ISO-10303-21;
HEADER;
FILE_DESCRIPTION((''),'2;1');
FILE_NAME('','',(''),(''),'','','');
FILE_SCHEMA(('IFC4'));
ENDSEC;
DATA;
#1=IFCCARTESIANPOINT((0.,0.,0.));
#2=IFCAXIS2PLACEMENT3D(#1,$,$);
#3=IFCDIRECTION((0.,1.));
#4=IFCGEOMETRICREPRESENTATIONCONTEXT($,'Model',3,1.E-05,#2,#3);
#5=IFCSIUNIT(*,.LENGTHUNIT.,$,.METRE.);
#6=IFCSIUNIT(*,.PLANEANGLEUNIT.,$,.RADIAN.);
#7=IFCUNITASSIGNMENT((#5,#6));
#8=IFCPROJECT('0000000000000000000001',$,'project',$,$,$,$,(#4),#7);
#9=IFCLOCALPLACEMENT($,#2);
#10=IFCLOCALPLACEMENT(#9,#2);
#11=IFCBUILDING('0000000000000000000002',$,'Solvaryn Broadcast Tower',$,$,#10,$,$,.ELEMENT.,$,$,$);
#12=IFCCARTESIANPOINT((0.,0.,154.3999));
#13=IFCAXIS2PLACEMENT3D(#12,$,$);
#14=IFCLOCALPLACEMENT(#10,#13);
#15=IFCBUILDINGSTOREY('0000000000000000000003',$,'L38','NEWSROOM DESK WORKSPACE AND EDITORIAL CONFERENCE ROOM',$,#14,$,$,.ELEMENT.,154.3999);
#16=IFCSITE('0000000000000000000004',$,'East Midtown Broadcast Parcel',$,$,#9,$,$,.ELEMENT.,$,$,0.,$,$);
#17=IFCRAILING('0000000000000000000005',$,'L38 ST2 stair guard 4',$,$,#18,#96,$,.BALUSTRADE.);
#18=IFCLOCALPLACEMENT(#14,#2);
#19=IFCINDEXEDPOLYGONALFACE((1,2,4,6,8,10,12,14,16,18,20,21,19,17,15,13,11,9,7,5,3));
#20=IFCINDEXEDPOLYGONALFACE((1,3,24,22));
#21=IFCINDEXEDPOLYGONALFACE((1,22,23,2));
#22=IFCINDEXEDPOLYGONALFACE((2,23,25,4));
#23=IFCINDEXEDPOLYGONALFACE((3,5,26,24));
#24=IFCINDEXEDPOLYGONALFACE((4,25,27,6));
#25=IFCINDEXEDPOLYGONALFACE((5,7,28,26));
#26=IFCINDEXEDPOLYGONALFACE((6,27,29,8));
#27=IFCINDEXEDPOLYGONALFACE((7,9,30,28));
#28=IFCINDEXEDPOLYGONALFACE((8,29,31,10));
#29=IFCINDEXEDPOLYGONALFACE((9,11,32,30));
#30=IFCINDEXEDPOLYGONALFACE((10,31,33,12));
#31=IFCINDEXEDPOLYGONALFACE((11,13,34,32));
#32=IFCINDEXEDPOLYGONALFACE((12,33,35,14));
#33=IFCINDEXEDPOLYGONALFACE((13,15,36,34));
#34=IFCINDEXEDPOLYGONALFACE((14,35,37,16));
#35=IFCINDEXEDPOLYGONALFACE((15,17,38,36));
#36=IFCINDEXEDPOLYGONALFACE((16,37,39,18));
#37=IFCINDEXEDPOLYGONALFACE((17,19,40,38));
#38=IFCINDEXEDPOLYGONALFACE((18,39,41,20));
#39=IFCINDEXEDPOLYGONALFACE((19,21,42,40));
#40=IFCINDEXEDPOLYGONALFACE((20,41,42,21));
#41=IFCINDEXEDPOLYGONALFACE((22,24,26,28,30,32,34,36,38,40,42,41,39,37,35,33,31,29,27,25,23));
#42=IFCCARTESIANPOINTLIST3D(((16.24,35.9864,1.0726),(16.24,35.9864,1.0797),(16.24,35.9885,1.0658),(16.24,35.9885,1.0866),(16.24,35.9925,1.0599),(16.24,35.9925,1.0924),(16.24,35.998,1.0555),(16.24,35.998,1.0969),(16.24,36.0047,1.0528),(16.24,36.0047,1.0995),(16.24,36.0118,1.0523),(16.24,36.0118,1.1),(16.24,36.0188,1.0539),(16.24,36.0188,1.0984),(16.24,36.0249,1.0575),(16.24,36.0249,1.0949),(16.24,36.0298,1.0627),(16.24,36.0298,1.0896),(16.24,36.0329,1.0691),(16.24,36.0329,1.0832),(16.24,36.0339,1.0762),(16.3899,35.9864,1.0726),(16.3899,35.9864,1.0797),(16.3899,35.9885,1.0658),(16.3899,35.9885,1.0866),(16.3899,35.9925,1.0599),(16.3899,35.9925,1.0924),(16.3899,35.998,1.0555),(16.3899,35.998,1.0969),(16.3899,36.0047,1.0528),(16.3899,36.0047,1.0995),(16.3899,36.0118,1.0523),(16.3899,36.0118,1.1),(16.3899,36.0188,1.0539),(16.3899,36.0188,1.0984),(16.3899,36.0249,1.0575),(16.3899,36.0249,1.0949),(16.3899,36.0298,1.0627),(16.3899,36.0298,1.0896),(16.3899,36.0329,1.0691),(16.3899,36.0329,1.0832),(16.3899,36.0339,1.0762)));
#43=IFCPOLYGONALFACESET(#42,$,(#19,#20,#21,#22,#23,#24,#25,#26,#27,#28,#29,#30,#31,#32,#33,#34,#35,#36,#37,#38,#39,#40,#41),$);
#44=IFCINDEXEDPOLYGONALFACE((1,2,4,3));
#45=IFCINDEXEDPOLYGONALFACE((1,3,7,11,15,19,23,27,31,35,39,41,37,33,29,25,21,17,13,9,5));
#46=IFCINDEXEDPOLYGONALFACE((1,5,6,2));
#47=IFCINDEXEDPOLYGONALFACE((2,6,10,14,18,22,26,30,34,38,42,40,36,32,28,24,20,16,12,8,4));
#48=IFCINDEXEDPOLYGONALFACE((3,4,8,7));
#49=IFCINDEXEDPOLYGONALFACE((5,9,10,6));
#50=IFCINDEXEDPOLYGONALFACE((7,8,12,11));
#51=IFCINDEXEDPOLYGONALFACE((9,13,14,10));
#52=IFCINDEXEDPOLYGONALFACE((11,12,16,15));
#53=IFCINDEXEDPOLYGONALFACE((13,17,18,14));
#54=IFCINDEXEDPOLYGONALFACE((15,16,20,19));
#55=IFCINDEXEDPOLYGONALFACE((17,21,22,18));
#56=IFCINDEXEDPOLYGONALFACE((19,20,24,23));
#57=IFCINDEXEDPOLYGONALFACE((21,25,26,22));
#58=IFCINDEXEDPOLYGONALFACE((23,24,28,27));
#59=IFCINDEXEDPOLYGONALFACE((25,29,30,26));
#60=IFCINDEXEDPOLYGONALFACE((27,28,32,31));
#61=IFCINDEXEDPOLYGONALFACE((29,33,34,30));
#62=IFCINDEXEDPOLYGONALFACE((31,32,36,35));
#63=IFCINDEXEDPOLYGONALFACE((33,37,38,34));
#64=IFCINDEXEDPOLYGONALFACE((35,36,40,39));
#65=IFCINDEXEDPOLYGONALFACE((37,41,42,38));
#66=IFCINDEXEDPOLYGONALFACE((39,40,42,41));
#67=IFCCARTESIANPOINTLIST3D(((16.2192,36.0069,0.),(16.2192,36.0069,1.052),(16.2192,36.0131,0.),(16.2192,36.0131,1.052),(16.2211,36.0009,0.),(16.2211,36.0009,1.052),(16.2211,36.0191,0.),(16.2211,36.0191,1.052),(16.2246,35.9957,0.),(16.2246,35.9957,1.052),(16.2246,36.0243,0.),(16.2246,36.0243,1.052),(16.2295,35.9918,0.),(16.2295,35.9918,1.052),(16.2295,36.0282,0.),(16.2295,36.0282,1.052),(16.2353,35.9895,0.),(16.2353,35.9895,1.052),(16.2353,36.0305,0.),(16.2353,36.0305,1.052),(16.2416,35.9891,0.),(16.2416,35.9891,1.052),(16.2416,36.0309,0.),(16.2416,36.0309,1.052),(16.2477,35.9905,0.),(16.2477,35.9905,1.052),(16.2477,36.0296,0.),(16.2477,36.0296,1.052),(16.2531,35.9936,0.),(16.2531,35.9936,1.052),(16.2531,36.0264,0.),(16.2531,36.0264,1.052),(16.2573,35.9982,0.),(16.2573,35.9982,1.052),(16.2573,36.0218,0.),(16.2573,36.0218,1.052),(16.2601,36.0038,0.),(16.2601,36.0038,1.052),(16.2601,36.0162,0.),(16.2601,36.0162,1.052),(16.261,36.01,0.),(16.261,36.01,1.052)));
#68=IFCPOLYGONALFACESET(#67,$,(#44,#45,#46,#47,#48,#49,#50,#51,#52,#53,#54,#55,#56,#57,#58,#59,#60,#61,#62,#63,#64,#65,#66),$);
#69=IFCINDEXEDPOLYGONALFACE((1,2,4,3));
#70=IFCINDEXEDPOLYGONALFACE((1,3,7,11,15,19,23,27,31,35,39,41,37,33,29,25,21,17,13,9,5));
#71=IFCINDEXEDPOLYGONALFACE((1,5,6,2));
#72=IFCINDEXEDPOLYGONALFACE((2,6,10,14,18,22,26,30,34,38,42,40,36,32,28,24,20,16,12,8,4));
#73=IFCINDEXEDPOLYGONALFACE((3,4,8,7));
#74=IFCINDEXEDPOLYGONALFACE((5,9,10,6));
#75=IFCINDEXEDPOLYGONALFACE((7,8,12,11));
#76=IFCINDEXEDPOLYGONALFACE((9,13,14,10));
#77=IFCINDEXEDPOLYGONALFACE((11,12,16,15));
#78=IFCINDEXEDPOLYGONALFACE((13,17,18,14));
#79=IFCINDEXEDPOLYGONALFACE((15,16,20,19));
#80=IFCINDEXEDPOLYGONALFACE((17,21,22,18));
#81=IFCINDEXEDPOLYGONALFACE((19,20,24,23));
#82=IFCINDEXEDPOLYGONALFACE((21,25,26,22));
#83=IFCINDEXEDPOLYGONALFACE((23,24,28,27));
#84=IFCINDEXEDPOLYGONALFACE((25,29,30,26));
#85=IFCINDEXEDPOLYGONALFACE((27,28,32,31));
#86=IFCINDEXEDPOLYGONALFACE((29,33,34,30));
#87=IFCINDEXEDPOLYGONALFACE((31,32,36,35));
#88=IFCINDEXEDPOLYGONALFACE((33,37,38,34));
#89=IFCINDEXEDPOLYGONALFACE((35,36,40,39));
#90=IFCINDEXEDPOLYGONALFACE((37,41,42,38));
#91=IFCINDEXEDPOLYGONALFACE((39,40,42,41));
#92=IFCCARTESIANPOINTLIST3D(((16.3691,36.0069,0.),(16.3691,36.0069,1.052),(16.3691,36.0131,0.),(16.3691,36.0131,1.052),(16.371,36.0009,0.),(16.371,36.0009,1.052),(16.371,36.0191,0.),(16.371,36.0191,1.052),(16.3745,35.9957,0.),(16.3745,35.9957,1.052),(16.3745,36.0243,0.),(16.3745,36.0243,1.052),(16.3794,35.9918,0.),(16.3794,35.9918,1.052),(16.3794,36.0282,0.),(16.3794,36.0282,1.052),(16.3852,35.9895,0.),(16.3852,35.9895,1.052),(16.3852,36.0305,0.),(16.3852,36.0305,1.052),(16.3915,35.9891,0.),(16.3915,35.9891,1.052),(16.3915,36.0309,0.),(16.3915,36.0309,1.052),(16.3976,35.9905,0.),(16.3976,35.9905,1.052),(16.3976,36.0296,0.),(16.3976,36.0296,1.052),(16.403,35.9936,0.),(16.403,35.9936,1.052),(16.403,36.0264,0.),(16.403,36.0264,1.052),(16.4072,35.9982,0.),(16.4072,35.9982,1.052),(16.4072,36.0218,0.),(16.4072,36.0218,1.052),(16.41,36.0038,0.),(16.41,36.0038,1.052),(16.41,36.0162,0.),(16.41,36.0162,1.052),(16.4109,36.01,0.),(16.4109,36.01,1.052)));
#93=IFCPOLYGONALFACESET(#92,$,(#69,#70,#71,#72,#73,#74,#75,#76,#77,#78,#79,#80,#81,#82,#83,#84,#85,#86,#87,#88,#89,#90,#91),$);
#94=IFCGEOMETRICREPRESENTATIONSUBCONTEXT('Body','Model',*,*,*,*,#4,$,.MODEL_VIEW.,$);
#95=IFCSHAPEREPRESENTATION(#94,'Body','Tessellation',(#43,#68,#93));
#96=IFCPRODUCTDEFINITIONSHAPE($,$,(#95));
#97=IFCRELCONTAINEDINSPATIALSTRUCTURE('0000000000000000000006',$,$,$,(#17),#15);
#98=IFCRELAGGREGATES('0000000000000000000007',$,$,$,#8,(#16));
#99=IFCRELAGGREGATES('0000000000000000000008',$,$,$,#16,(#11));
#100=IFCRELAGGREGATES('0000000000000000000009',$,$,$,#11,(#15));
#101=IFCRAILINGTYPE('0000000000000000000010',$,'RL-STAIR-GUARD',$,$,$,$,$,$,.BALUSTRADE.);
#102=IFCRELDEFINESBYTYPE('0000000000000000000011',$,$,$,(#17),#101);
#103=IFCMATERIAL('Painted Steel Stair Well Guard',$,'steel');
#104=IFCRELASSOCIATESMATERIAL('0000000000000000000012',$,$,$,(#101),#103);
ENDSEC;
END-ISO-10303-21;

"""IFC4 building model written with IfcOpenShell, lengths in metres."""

from ifc_helpers import new_model, si_unit, direction, frame, origin, origin_2d, place, context, subcontext, project, spatial, circle, extrude, material, type_object, element, save


model = new_model("IFC4")

# Units and contexts
model_context = context("Model", 3, precision=1e-05, world=origin(), true_north=direction((0.0, 1.0)))
body_context = subcontext(model_context, "Body", "Model", "MODEL_VIEW")
ifc_project = project(units=[si_unit("LENGTHUNIT", "METRE"), si_unit("PLANEANGLEUNIT", "RADIAN")], contexts=[model_context])

# Site, building, storey
site_placement = place(None, origin())
site = spatial("IfcSite", under=ifc_project, at=site_placement, Name="East Midtown Broadcast Parcel", CompositionType="ELEMENT", RefElevation=0.0)
building_placement = place(site_placement, origin())
building = spatial("IfcBuilding", under=site, at=building_placement, Name="Solvaryn Broadcast Tower", CompositionType="ELEMENT")
storey_placement = place(building_placement, frame((0.0, 0.0, 154.3999)))
storey = spatial("IfcBuildingStorey", under=building, at=storey_placement, Name="L38", Description="NEWSROOM DESK WORKSPACE AND EDITORIAL CONFERENCE ROOM", CompositionType="ELEMENT", Elevation=154.3999)

# Railing
ifc_material_1 = material(Name="Painted Steel Stair Well Guard", Category="steel")
railing_type_1 = type_object("IfcRailingType", Name="RL-STAIR-GUARD", PredefinedType="BALUSTRADE", material=ifc_material_1)
railing_1_placement = place(storey_placement, frame((16.24, 36.01, 0.0)))
element("IfcRailing", 1, at=railing_1_placement, inside=storey, type_object=railing_type_1, Name="L38 ST2 stair guard 4", PredefinedType="BALUSTRADE", context=body_context, shape_type="SweptSolid", body=[
    extrude(circle(Radius=0.0239, at=origin_2d()), frame((0.0, 0.0, 1.0762), z_axis=(1.0, 0.0, 0.0), x_axis=(0.0, 1.0, 0.0)), (0.0, 0.0, 1.0), 0.1499),
    extrude(circle(Radius=0.021, at=origin_2d()), origin(), (0.0, 0.0, 1.0), 1.052),
    extrude(circle(Radius=0.021, at=origin_2d()), frame((0.1499, 0.0, 0.0)), (0.0, 0.0, 1.0), 1.052),
])

save(model, "model.ifc")
